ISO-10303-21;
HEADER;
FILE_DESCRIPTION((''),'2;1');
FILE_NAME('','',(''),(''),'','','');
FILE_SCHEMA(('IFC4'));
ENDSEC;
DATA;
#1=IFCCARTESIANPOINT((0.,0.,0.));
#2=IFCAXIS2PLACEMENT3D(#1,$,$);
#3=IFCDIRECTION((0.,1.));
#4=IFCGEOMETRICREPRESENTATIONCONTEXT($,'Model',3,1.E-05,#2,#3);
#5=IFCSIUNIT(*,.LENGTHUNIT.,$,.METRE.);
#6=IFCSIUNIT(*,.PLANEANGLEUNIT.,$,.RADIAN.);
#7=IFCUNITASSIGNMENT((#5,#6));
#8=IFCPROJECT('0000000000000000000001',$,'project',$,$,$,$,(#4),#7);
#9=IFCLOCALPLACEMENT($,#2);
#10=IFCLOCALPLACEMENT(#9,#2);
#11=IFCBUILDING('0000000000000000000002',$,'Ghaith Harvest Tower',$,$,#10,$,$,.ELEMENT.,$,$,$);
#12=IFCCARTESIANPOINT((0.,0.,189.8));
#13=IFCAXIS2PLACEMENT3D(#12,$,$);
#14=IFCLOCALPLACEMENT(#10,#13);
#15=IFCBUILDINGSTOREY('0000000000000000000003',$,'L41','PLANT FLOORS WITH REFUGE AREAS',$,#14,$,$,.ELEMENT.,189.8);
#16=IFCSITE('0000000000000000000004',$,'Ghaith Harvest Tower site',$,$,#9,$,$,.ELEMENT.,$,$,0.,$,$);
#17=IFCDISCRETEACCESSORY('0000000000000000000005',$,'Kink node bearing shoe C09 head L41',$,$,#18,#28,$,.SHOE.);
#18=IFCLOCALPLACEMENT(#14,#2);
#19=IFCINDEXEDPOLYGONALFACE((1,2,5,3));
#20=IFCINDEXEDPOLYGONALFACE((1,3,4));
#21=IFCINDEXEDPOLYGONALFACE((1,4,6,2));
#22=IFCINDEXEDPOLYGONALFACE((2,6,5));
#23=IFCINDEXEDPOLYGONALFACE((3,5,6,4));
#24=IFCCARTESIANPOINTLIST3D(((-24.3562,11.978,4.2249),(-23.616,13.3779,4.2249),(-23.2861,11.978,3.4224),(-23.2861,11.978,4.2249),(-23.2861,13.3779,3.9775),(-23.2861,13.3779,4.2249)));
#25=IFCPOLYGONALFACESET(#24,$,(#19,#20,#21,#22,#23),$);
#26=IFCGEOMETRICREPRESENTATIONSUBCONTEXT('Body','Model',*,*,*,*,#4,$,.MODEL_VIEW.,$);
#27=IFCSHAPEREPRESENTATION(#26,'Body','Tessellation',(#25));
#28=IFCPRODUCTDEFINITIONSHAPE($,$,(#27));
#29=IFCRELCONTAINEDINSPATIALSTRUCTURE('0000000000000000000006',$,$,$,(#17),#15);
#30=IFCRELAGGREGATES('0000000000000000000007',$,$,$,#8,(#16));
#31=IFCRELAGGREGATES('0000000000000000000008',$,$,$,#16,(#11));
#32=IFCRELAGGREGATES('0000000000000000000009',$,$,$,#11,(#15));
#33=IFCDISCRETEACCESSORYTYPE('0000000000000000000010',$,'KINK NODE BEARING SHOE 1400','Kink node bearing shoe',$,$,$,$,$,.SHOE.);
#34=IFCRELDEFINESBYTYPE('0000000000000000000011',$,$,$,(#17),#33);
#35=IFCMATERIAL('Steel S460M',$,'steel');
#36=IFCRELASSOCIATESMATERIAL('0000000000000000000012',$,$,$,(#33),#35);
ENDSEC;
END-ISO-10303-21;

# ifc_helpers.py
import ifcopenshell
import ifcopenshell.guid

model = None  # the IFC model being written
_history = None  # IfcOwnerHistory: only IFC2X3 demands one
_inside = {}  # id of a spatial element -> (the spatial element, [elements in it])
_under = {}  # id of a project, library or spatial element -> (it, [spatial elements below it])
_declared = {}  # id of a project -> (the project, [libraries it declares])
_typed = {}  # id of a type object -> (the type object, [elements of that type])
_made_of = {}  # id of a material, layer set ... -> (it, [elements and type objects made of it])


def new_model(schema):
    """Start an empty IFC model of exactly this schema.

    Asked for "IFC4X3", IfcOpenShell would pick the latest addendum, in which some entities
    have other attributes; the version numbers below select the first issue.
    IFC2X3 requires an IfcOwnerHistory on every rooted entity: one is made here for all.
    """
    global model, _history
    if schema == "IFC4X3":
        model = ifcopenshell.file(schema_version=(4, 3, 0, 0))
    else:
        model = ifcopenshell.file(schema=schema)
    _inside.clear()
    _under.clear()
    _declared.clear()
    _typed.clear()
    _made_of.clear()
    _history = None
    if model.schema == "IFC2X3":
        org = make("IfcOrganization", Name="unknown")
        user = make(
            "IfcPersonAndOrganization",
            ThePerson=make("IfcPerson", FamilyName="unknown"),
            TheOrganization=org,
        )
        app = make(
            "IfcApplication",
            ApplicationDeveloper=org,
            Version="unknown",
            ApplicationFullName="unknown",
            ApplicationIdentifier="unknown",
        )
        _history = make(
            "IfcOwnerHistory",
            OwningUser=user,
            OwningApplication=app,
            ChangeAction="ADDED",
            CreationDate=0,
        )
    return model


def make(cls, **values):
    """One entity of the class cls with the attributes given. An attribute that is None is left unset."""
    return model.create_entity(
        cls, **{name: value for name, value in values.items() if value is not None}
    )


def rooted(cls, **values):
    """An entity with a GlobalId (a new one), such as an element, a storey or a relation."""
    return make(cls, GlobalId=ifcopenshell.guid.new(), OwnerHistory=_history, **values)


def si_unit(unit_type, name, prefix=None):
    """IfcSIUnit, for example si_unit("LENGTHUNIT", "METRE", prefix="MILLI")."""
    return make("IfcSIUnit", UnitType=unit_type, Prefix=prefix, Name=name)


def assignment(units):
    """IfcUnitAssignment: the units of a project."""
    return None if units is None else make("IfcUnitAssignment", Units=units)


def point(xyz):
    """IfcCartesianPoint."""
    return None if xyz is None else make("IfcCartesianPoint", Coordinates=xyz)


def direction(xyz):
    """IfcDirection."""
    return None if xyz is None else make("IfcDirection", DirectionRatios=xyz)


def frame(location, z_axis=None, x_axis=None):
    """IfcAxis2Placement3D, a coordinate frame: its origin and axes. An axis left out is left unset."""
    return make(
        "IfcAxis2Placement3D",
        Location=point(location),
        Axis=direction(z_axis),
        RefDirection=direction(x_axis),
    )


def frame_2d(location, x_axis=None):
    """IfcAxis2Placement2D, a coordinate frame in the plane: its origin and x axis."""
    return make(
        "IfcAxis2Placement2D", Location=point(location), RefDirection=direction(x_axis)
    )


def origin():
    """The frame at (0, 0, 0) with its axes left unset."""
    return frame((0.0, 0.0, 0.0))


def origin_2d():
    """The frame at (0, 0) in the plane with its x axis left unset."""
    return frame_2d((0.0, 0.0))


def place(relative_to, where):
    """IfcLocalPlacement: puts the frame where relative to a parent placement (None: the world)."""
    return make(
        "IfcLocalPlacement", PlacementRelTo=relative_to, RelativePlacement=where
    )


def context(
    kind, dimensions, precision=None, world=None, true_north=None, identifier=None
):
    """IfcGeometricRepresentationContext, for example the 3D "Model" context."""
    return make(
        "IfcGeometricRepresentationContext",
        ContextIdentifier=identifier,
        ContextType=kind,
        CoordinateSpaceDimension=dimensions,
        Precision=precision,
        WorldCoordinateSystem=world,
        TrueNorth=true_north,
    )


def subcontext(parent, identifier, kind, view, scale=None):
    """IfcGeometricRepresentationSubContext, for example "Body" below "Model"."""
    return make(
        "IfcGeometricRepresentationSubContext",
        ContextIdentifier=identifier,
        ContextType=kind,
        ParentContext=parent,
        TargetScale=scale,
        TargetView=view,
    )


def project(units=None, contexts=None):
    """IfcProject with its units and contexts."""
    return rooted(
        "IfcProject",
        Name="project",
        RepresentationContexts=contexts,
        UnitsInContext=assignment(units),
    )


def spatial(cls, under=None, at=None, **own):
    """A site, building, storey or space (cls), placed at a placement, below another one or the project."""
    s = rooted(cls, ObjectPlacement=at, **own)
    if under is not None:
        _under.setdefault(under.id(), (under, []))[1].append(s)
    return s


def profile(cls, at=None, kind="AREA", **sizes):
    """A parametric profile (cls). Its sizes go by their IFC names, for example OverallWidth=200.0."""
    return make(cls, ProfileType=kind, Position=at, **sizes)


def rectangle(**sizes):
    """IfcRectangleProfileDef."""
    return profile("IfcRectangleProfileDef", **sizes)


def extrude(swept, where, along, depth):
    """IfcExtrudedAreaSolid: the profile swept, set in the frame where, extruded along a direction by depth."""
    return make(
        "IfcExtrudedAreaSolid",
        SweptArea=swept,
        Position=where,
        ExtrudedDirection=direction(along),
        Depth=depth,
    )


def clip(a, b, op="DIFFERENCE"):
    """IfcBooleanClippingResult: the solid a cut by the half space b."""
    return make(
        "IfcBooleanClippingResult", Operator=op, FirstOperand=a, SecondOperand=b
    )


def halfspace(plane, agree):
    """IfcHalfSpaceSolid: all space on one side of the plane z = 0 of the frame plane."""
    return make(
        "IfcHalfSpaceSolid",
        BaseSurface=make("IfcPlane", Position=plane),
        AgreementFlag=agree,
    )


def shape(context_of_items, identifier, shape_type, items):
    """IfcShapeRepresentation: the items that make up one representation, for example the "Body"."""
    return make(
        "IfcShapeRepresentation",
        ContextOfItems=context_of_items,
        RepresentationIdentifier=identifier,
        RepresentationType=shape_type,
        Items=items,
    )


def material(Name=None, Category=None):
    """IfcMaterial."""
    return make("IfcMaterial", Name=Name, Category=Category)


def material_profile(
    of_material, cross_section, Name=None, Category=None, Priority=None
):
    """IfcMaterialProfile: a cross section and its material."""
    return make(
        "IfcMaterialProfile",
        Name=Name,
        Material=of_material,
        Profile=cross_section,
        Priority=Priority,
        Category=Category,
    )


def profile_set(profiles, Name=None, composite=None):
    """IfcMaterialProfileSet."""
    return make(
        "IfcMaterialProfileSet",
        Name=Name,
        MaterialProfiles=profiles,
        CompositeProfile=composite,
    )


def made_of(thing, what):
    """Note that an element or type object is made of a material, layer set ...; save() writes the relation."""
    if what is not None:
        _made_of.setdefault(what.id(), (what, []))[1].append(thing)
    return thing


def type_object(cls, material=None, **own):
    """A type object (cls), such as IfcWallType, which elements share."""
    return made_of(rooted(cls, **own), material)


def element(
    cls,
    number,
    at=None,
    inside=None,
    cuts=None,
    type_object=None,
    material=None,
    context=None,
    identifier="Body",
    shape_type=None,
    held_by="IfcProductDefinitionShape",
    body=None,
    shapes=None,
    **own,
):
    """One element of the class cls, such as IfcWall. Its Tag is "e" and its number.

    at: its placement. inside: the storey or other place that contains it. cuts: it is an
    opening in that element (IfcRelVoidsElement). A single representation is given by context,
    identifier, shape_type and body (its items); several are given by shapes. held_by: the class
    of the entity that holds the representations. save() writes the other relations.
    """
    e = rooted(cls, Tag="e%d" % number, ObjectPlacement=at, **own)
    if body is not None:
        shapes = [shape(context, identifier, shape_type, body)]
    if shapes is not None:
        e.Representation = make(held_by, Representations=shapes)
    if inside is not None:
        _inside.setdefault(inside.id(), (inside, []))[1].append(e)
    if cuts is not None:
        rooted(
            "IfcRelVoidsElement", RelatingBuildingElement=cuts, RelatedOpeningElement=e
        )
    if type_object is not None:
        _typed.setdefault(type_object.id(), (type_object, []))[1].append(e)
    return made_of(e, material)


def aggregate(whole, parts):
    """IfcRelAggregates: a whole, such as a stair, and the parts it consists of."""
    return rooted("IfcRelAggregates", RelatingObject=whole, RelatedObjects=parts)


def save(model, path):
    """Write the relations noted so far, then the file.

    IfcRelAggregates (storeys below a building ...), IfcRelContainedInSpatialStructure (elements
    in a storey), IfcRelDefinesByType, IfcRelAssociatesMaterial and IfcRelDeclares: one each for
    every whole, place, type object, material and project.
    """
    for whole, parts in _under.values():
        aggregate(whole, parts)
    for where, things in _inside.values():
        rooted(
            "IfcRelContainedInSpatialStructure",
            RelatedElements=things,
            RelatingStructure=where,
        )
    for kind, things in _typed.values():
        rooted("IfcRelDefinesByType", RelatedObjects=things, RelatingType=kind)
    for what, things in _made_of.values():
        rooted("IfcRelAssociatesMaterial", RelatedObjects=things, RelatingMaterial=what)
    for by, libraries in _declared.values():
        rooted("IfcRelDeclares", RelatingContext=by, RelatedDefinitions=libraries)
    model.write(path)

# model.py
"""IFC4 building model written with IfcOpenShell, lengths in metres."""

from ifc_helpers import new_model, si_unit, direction, frame, origin, origin_2d, place, context, subcontext, project, spatial, rectangle, extrude, clip, halfspace, material, material_profile, profile_set, type_object, element, save


model = new_model("IFC4")

# Units and contexts
model_context = context("Model", 3, precision=1e-05, world=origin(), true_north=direction((0.0, 1.0)))
body_context = subcontext(model_context, "Body", "Model", "MODEL_VIEW")
ifc_project = project(units=[si_unit("LENGTHUNIT", "METRE"), si_unit("PLANEANGLEUNIT", "RADIAN")], contexts=[model_context])

# Site, building, storey
site_placement = place(None, origin())
site = spatial("IfcSite", under=ifc_project, at=site_placement, Name="Ghaith Harvest Tower site", CompositionType="ELEMENT", RefElevation=0.0)
building_placement = place(site_placement, origin())
building = spatial("IfcBuilding", under=site, at=building_placement, Name="Ghaith Harvest Tower", CompositionType="ELEMENT")
storey_placement = place(building_placement, frame((0.0, 0.0, 189.8)))
storey = spatial("IfcBuildingStorey", under=building, at=storey_placement, Name="L41", Description="PLANT FLOORS WITH REFUGE AREAS", CompositionType="ELEMENT", Elevation=189.8)

# Discrete accessory
ifc_material_1 = material(Name="Steel S460M", Category="steel")
ifc_material_profile_1 = material_profile(ifc_material_1, rectangle(XDim=1.3999, YDim=1.3999, at=origin_2d()), Name="KINK NODE BEARING SHOE 1400")
ifc_profile_set_1 = profile_set([ifc_material_profile_1], Name="Steel S460M")
discrete_accessory_type = type_object("IfcDiscreteAccessoryType", Name="KINK NODE BEARING SHOE 1400", Description="Kink node bearing shoe", PredefinedType="SHOE", material=ifc_profile_set_1)
discrete_accessory_1_placement = place(storey_placement, frame((-23.9861, 12.678, 3.4124), z_axis=(0.0, 0.0, 1.0), x_axis=(1.0, 0.0, 0.0)))
element("IfcDiscreteAccessory", 1, at=discrete_accessory_1_placement, inside=storey, type_object=discrete_accessory_type, Name="Kink node bearing shoe C09 head L41", PredefinedType="SHOE", context=body_context, shape_type="Clipping", body=[
    clip(extrude(rectangle(XDim=1.3999, YDim=1.3999, at=origin_2d()), origin(), (0.0, 0.0, 1.0), 0.8125), halfspace(frame((0.0, 0.0, 0.8125), z_axis=(-0.57184, 0.302388, -0.762601), x_axis=(1.0, 0.0, 0.0)), False)),
])

save(model, "model.ifc")
